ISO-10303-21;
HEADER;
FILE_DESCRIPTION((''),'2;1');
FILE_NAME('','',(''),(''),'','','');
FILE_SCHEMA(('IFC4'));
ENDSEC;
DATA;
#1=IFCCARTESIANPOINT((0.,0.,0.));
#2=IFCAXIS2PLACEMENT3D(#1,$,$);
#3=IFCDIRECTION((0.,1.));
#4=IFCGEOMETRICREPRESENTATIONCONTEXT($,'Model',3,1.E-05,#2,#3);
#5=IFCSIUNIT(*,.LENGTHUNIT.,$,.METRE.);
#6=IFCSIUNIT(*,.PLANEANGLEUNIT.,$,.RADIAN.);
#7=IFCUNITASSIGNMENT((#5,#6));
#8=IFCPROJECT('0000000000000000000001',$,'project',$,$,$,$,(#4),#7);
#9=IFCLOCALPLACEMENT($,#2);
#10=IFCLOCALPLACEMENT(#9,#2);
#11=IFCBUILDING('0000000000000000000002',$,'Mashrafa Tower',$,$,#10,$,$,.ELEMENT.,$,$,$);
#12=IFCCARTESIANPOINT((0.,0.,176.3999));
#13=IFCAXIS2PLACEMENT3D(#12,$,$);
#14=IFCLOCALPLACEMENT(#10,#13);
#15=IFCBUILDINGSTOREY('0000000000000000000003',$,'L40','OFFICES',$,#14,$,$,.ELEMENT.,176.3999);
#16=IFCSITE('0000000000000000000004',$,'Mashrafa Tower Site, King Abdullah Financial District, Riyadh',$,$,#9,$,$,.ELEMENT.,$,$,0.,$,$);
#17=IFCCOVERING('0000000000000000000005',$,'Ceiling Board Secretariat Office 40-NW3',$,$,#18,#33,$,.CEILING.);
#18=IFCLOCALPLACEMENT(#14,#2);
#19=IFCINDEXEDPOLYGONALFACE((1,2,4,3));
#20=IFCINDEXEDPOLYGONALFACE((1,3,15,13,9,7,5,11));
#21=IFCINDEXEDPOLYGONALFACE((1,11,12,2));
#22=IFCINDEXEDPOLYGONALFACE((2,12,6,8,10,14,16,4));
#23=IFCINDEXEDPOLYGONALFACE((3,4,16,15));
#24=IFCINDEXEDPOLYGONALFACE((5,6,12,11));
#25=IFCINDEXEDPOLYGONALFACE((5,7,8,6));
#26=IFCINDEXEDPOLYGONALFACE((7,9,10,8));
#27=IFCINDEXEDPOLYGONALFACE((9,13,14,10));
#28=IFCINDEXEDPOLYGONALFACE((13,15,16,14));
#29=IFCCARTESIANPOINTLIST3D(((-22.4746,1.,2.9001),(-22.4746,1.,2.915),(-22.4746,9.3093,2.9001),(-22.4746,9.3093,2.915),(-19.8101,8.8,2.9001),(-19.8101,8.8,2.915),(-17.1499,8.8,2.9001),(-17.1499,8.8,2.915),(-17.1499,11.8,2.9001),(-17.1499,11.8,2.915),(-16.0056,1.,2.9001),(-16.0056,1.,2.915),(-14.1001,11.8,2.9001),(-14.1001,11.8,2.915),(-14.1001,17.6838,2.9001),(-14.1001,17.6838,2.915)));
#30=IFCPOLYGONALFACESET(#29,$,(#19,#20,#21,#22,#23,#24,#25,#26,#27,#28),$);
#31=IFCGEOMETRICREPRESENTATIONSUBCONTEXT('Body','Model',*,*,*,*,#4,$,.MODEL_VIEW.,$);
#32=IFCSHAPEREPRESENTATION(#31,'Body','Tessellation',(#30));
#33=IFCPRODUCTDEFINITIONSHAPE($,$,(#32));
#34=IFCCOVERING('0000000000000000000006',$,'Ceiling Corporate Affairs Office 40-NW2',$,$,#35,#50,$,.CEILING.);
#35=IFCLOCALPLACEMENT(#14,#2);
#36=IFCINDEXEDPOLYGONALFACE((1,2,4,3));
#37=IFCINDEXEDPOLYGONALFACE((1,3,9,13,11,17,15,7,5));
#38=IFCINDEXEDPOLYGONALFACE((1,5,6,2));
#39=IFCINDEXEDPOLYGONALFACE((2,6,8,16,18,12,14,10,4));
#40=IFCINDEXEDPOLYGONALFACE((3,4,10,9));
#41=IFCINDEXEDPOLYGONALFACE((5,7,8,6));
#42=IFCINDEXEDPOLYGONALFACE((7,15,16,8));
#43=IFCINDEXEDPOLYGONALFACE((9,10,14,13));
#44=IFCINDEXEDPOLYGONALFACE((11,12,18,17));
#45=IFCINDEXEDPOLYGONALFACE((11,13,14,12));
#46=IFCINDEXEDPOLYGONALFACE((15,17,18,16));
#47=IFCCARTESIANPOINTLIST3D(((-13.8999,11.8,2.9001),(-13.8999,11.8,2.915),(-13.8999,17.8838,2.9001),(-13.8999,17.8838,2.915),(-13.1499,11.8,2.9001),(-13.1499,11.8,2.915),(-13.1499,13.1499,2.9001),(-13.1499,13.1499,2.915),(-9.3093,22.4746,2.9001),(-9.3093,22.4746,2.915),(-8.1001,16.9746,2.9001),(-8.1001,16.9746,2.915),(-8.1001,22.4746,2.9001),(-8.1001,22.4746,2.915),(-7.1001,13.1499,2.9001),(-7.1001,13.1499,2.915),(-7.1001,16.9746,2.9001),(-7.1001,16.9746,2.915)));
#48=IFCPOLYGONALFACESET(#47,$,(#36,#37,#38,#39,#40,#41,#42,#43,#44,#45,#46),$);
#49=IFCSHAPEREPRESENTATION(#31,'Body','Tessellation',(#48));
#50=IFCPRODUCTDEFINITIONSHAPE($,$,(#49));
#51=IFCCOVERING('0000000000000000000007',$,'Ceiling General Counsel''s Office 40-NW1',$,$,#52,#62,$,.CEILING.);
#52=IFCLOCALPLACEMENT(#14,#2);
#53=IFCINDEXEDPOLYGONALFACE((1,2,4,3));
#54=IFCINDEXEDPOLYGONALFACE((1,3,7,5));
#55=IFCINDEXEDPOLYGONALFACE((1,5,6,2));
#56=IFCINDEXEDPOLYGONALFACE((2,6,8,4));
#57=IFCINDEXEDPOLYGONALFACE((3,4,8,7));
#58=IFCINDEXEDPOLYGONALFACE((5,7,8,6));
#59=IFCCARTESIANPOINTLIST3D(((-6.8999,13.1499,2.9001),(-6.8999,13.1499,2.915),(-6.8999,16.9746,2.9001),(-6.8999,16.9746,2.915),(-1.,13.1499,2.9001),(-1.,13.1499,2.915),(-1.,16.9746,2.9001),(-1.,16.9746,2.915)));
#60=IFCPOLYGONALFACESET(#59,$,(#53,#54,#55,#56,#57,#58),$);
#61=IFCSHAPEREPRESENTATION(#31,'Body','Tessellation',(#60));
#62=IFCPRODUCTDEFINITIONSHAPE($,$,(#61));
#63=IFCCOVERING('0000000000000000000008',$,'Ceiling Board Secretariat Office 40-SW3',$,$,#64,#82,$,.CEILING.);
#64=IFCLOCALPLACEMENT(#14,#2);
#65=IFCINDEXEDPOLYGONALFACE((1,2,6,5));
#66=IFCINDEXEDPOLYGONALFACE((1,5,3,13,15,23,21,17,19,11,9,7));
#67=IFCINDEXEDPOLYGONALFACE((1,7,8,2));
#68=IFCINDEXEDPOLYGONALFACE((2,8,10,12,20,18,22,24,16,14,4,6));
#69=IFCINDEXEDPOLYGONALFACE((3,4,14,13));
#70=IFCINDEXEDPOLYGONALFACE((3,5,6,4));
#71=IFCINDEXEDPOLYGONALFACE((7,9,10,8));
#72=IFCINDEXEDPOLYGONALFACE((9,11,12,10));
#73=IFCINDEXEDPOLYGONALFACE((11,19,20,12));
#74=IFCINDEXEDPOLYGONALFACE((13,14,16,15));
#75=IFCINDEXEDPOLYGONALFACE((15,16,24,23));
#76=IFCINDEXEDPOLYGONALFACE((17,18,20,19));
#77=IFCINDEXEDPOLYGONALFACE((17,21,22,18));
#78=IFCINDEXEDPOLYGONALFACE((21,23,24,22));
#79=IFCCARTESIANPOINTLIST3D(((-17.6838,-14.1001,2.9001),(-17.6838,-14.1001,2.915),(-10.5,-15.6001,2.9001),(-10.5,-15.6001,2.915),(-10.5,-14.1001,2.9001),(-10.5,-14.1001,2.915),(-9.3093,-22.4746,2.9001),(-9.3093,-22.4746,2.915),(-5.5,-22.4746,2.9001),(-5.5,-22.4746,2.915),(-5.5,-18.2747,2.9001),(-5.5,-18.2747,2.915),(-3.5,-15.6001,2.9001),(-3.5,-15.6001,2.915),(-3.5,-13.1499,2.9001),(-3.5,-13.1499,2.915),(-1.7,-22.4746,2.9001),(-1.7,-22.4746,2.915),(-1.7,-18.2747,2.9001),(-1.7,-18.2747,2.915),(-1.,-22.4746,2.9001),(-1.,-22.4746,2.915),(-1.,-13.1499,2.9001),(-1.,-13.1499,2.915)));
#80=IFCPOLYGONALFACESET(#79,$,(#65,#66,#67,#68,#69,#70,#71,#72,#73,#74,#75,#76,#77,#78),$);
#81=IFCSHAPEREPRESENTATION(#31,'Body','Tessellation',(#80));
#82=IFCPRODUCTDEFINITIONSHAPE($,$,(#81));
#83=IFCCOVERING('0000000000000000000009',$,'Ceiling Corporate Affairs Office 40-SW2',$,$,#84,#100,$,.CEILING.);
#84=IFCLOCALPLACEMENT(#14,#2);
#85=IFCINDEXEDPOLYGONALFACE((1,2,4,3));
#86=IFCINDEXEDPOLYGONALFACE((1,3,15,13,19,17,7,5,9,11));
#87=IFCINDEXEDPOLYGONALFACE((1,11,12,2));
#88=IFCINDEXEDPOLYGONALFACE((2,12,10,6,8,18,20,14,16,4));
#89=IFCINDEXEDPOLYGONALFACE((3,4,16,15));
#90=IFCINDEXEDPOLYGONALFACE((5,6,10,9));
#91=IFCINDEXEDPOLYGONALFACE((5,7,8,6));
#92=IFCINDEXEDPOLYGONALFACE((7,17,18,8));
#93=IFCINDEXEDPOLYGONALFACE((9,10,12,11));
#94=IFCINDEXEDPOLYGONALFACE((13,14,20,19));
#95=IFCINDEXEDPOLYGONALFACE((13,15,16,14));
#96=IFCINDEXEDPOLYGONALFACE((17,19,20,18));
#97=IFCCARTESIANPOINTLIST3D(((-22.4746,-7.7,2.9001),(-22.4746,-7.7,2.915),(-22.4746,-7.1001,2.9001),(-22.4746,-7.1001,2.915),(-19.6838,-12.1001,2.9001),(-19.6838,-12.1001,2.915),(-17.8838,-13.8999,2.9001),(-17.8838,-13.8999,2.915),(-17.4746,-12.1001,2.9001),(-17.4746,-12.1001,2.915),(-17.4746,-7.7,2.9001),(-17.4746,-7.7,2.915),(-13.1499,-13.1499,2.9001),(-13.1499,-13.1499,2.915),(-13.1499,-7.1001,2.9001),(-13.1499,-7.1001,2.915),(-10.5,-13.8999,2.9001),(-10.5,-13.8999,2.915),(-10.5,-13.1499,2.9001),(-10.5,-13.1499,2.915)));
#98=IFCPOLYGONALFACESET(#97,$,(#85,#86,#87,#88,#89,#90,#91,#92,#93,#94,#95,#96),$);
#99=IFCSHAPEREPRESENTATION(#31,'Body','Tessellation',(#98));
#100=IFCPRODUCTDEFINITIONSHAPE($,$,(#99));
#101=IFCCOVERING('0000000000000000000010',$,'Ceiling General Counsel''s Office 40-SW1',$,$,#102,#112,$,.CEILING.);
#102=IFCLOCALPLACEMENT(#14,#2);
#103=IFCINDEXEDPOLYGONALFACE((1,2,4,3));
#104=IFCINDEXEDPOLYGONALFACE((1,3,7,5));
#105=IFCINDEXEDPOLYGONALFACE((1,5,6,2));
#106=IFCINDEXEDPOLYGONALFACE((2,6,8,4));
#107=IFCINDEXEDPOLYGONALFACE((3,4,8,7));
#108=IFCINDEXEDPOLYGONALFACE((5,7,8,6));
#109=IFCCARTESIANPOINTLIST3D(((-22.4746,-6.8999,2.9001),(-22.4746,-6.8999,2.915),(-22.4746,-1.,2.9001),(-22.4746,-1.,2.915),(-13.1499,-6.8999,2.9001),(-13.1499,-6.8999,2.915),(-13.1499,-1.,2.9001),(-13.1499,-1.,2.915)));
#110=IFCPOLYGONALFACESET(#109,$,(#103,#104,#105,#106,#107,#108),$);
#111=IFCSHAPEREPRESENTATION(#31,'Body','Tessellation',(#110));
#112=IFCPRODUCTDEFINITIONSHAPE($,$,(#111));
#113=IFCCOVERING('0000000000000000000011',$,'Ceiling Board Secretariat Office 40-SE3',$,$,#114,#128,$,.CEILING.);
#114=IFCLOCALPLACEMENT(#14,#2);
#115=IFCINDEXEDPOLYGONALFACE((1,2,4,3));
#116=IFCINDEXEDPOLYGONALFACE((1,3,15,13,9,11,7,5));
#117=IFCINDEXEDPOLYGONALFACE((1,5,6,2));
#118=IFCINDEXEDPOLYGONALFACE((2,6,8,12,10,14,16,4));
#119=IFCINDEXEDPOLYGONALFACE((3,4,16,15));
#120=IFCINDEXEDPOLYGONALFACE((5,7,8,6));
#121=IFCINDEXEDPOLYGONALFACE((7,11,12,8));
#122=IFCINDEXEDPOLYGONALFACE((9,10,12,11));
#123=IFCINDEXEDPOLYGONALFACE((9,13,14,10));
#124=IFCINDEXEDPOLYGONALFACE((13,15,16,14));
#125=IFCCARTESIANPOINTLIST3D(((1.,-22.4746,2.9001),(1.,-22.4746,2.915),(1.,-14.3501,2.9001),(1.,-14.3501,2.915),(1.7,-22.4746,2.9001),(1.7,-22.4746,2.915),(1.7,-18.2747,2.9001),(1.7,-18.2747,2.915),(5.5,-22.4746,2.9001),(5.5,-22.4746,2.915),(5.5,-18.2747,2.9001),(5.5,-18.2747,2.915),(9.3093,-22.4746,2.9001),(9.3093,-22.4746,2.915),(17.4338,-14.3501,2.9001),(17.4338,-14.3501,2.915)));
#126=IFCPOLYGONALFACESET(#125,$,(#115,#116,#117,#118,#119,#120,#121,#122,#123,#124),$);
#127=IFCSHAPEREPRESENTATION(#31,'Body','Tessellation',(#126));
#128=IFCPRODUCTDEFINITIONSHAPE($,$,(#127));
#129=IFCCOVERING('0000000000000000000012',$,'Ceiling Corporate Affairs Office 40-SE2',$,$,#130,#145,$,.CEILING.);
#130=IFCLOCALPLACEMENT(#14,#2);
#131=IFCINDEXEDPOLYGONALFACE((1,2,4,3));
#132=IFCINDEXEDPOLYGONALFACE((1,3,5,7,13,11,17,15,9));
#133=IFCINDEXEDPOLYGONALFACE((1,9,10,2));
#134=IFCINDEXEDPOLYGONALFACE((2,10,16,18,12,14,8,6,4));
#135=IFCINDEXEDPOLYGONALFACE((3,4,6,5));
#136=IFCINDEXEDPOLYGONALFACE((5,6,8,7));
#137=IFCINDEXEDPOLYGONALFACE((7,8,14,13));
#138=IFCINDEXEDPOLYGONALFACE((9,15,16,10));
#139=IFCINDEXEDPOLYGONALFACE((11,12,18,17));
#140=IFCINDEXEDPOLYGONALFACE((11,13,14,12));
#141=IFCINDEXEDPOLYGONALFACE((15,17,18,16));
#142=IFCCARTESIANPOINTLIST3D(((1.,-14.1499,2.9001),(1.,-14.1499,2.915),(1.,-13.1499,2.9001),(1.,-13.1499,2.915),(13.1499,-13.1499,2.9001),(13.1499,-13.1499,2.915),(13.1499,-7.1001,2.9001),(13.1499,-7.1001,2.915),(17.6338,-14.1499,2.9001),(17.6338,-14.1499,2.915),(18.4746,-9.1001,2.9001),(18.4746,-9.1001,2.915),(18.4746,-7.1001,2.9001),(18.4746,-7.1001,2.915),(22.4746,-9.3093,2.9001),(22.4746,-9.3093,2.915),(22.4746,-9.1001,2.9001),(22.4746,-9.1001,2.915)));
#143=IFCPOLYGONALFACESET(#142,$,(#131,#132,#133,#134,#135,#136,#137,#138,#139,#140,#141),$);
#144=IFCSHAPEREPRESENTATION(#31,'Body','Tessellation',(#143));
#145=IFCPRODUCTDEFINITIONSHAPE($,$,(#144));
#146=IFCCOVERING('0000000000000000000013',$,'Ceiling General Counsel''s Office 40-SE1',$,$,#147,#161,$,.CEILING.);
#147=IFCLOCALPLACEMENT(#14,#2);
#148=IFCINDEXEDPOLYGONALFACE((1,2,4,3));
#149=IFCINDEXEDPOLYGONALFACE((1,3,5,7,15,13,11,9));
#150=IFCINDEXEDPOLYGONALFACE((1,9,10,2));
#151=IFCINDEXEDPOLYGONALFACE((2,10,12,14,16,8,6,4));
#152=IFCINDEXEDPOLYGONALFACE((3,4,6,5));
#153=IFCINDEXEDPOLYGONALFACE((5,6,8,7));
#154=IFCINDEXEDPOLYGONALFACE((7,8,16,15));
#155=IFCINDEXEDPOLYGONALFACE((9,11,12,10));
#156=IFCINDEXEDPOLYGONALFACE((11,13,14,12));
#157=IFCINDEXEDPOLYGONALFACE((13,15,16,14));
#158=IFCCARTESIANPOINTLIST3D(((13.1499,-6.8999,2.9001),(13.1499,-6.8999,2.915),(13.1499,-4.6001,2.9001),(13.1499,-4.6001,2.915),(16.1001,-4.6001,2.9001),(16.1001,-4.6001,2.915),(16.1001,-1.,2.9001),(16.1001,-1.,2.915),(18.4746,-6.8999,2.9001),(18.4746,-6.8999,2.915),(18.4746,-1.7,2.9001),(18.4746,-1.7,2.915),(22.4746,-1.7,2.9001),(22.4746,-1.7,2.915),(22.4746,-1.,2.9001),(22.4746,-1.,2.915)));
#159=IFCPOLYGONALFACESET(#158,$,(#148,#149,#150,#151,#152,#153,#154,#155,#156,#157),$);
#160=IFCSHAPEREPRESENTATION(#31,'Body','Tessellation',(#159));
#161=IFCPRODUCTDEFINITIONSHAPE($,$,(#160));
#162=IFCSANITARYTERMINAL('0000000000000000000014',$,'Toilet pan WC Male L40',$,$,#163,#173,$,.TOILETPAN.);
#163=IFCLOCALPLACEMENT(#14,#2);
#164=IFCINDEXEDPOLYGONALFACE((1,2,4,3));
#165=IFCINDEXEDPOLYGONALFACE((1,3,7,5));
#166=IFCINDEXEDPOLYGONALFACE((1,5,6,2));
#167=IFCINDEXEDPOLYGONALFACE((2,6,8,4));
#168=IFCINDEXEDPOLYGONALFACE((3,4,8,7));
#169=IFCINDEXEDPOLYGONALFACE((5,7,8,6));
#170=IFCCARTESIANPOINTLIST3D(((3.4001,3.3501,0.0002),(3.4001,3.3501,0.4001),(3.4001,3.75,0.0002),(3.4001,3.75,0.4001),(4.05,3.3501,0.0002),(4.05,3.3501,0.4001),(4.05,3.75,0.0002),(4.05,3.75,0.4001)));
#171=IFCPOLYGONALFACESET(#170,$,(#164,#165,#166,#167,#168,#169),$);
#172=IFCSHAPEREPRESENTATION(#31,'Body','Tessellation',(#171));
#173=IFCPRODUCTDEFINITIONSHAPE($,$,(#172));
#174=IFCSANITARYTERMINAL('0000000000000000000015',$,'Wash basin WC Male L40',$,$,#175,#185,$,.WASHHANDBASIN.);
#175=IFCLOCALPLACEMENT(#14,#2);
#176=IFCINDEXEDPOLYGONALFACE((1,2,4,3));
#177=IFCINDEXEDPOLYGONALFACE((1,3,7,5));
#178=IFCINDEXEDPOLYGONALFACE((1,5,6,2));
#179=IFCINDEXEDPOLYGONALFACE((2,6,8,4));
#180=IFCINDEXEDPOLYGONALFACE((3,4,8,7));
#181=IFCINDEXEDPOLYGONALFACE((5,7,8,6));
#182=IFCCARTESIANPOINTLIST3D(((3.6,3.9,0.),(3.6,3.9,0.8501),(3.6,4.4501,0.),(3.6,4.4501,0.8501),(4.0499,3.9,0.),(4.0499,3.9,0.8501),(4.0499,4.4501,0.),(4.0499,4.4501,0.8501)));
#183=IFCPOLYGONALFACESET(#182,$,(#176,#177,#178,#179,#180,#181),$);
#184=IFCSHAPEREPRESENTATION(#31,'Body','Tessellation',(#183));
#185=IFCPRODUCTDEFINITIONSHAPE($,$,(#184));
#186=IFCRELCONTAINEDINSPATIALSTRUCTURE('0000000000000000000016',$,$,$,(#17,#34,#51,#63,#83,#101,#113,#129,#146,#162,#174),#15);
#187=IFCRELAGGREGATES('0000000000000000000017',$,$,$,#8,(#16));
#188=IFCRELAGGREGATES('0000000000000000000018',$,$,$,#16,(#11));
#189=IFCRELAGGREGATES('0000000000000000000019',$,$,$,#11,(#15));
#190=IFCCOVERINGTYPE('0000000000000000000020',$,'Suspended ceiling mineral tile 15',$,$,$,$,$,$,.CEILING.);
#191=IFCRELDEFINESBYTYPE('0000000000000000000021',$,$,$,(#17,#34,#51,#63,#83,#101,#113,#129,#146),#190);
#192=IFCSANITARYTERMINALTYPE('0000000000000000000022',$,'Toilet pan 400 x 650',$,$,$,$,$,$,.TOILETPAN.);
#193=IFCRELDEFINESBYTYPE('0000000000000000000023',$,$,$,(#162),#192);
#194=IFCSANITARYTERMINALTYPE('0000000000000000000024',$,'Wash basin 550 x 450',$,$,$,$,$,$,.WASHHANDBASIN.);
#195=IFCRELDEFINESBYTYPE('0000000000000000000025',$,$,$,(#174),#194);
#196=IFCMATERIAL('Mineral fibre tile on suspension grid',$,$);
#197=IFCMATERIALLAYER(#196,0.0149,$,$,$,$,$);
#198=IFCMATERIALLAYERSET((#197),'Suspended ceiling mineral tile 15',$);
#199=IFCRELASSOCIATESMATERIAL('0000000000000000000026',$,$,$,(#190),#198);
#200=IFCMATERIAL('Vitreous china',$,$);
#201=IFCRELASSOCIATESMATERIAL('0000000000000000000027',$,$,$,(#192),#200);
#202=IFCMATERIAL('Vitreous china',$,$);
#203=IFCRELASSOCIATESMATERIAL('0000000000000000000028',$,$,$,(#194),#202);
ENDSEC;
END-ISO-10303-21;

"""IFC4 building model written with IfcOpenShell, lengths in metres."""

from ifc_helpers import new_model, si_unit, direction, frame, origin, origin_2d, place, context, subcontext, project, spatial, polyline, rectangle, outline, extrude, material, layer, layer_set, type_object, element, save


model = new_model("IFC4")

# Units and contexts
model_context = context("Model", 3, precision=1e-05, world=origin(), true_north=direction((0.0, 1.0)))
body_context = subcontext(model_context, "Body", "Model", "MODEL_VIEW")
ifc_project = project(units=[si_unit("LENGTHUNIT", "METRE"), si_unit("PLANEANGLEUNIT", "RADIAN")], contexts=[model_context])

# Site, building, storey
site_placement = place(None, origin())
site = spatial("IfcSite", under=ifc_project, at=site_placement, Name="Mashrafa Tower Site, King Abdullah Financial District, Riyadh", CompositionType="ELEMENT", RefElevation=0.0)
building_placement = place(site_placement, origin())
building = spatial("IfcBuilding", under=site, at=building_placement, Name="Mashrafa Tower", CompositionType="ELEMENT")
storey_placement = place(building_placement, frame((0.0, 0.0, 176.3999)))
storey = spatial("IfcBuildingStorey", under=building, at=storey_placement, Name="L40", Description="OFFICES", CompositionType="ELEMENT", Elevation=176.3999)

# Coverings
ifc_material_1 = material(Name="Mineral fibre tile on suspension grid")
ifc_layer_1 = layer(ifc_material_1, 0.0149)
ifc_layer_set_1 = layer_set([ifc_layer_1], Name="Suspended ceiling mineral tile 15")
covering_type = type_object("IfcCoveringType", Name="Suspended ceiling mineral tile 15", PredefinedType="CEILING", material=ifc_layer_set_1)
covering_1_placement = place(storey_placement, frame((0.0, 0.0, 2.9001)))
element("IfcCovering", 1, at=covering_1_placement, inside=storey, type_object=covering_type, Name="Ceiling Board Secretariat Office 40-NW3", PredefinedType="CEILING", context=body_context, shape_type="SweptSolid", body=[
    extrude(outline(polyline([(-22.4746, 1.0), (-22.4746, 9.3093), (-14.1001, 17.6838), (-14.1001, 11.8), (-17.1499, 11.8), (-17.1499, 8.8), (-19.8101, 8.8), (-16.0056, 1.0), (-22.4746, 1.0)])), origin(), (0.0, 0.0, 1.0), 0.0149),
])
covering_2_placement = place(storey_placement, frame((0.0, 0.0, 2.9001)))
element("IfcCovering", 2, at=covering_2_placement, inside=storey, type_object=covering_type, Name="Ceiling Corporate Affairs Office 40-NW2", PredefinedType="CEILING", context=body_context, shape_type="SweptSolid", body=[
    extrude(outline(polyline([(-13.8999, 11.8), (-13.8999, 17.8838), (-9.3093, 22.4746), (-8.1001, 22.4746), (-8.1001, 16.9746), (-7.1001, 16.9746), (-7.1001, 13.1499), (-13.1499, 13.1499), (-13.1499, 11.8), (-13.8999, 11.8)])), origin(), (0.0, 0.0, 1.0), 0.0149),
])
covering_3_placement = place(storey_placement, frame((0.0, 0.0, 2.9001)))
element("IfcCovering", 3, at=covering_3_placement, inside=storey, type_object=covering_type, Name="Ceiling General Counsel's Office 40-NW1", PredefinedType="CEILING", context=body_context, shape_type="SweptSolid", body=[
    extrude(outline(polyline([(-6.8999, 13.1499), (-6.8999, 16.9746), (-1.0, 16.9746), (-1.0, 13.1499), (-6.8999, 13.1499)])), origin(), (0.0, 0.0, 1.0), 0.0149),
])
covering_4_placement = place(storey_placement, frame((0.0, 0.0, 2.9001)))
element("IfcCovering", 4, at=covering_4_placement, inside=storey, type_object=covering_type, Name="Ceiling Board Secretariat Office 40-SW3", PredefinedType="CEILING", context=body_context, shape_type="SweptSolid", body=[
    extrude(outline(polyline([(-1.0, -22.4746), (-1.7, -22.4746), (-1.7, -18.2747), (-5.5, -18.2747), (-5.5, -22.4746), (-9.3093, -22.4746), (-17.6838, -14.1001), (-10.5, -14.1001), (-10.5, -15.6001), (-3.5, -15.6001), (-3.5, -13.1499), (-1.0, -13.1499), (-1.0, -22.4746)])), origin(), (0.0, 0.0, 1.0), 0.0149),
])
covering_5_placement = place(storey_placement, frame((0.0, 0.0, 2.9001)))
element("IfcCovering", 5, at=covering_5_placement, inside=storey, type_object=covering_type, Name="Ceiling Corporate Affairs Office 40-SW2", PredefinedType="CEILING", context=body_context, shape_type="SweptSolid", body=[
    extrude(outline(polyline([(-10.5, -13.8999), (-17.8838, -13.8999), (-19.6838, -12.1001), (-17.4746, -12.1001), (-17.4746, -7.7), (-22.4746, -7.7), (-22.4746, -7.1001), (-13.1499, -7.1001), (-13.1499, -13.1499), (-10.5, -13.1499), (-10.5, -13.8999)])), origin(), (0.0, 0.0, 1.0), 0.0149),
])
covering_6_placement = place(storey_placement, frame((0.0, 0.0, 2.9001)))
element("IfcCovering", 6, at=covering_6_placement, inside=storey, type_object=covering_type, Name="Ceiling General Counsel's Office 40-SW1", PredefinedType="CEILING", context=body_context, shape_type="SweptSolid", body=[
    extrude(outline(polyline([(-22.4746, -6.8999), (-22.4746, -1.0), (-13.1499, -1.0), (-13.1499, -6.8999), (-22.4746, -6.8999)])), origin(), (0.0, 0.0, 1.0), 0.0149),
])
covering_7_placement = place(storey_placement, frame((0.0, 0.0, 2.9001)))
element("IfcCovering", 7, at=covering_7_placement, inside=storey, type_object=covering_type, Name="Ceiling Board Secretariat Office 40-SE3", PredefinedType="CEILING", context=body_context, shape_type="SweptSolid", body=[
    extrude(outline(polyline([(1.0, -14.3501), (17.4338, -14.3501), (9.3093, -22.4746), (5.5, -22.4746), (5.5, -18.2747), (1.7, -18.2747), (1.7, -22.4746), (1.0, -22.4746), (1.0, -14.3501)])), origin(), (0.0, 0.0, 1.0), 0.0149),
])
covering_8_placement = place(storey_placement, frame((0.0, 0.0, 2.9001)))
element("IfcCovering", 8, at=covering_8_placement, inside=storey, type_object=covering_type, Name="Ceiling Corporate Affairs Office 40-SE2", PredefinedType="CEILING", context=body_context, shape_type="SweptSolid", body=[
    extrude(outline(polyline([(13.1499, -7.1001), (18.4746, -7.1001), (18.4746, -9.1001), (22.4746, -9.1001), (22.4746, -9.3093), (17.6338, -14.1499), (1.0, -14.1499), (1.0, -13.1499), (13.1499, -13.1499), (13.1499, -7.1001)])), origin(), (0.0, 0.0, 1.0), 0.0149),
])
covering_9_placement = place(storey_placement, frame((0.0, 0.0, 2.9001)))
element("IfcCovering", 9, at=covering_9_placement, inside=storey, type_object=covering_type, Name="Ceiling General Counsel's Office 40-SE1", PredefinedType="CEILING", context=body_context, shape_type="SweptSolid", body=[
    extrude(outline(polyline([(22.4746, -1.0), (22.4746, -1.7), (18.4746, -1.7), (18.4746, -6.8999), (13.1499, -6.8999), (13.1499, -4.6001), (16.1001, -4.6001), (16.1001, -1.0), (22.4746, -1.0)])), origin(), (0.0, 0.0, 1.0), 0.0149),
])

# Sanitary terminals
ifc_material_2 = material(Name="Vitreous china")
sanitary_terminal_type_1 = type_object("IfcSanitaryTerminalType", Name="Toilet pan 400 x 650", PredefinedType="TOILETPAN", material=ifc_material_2)
sanitary_terminal_1_placement = place(storey_placement, frame((3.7251, 3.55, 0.0002), z_axis=(0.0, 0.0, 1.0), x_axis=(0.0, 1.0, 0.0)))
element("IfcSanitaryTerminal", 10, at=sanitary_terminal_1_placement, inside=storey, type_object=sanitary_terminal_type_1, Name="Toilet pan WC Male L40", PredefinedType="TOILETPAN", context=body_context, shape_type="SweptSolid", body=[
    extrude(rectangle(XDim=0.3999, YDim=0.6499, at=origin_2d()), origin(), (0.0, 0.0, 1.0), 0.3999),
])
ifc_material_3 = material(Name="Vitreous china")
sanitary_terminal_type_2 = type_object("IfcSanitaryTerminalType", Name="Wash basin 550 x 450", PredefinedType="WASHHANDBASIN", material=ifc_material_3)
sanitary_terminal_2_placement = place(storey_placement, frame((3.825, 4.175, 0.0), z_axis=(0.0, 0.0, 1.0), x_axis=(0.0, 1.0, 0.0)))
element("IfcSanitaryTerminal", 11, at=sanitary_terminal_2_placement, inside=storey, type_object=sanitary_terminal_type_2, Name="Wash basin WC Male L40", PredefinedType="WASHHANDBASIN", context=body_context, shape_type="SweptSolid", body=[
    extrude(rectangle(XDim=0.55, YDim=0.45, at=origin_2d()), origin(), (0.0, 0.0, 1.0), 0.8501),
])

save(model, "model.ifc")
